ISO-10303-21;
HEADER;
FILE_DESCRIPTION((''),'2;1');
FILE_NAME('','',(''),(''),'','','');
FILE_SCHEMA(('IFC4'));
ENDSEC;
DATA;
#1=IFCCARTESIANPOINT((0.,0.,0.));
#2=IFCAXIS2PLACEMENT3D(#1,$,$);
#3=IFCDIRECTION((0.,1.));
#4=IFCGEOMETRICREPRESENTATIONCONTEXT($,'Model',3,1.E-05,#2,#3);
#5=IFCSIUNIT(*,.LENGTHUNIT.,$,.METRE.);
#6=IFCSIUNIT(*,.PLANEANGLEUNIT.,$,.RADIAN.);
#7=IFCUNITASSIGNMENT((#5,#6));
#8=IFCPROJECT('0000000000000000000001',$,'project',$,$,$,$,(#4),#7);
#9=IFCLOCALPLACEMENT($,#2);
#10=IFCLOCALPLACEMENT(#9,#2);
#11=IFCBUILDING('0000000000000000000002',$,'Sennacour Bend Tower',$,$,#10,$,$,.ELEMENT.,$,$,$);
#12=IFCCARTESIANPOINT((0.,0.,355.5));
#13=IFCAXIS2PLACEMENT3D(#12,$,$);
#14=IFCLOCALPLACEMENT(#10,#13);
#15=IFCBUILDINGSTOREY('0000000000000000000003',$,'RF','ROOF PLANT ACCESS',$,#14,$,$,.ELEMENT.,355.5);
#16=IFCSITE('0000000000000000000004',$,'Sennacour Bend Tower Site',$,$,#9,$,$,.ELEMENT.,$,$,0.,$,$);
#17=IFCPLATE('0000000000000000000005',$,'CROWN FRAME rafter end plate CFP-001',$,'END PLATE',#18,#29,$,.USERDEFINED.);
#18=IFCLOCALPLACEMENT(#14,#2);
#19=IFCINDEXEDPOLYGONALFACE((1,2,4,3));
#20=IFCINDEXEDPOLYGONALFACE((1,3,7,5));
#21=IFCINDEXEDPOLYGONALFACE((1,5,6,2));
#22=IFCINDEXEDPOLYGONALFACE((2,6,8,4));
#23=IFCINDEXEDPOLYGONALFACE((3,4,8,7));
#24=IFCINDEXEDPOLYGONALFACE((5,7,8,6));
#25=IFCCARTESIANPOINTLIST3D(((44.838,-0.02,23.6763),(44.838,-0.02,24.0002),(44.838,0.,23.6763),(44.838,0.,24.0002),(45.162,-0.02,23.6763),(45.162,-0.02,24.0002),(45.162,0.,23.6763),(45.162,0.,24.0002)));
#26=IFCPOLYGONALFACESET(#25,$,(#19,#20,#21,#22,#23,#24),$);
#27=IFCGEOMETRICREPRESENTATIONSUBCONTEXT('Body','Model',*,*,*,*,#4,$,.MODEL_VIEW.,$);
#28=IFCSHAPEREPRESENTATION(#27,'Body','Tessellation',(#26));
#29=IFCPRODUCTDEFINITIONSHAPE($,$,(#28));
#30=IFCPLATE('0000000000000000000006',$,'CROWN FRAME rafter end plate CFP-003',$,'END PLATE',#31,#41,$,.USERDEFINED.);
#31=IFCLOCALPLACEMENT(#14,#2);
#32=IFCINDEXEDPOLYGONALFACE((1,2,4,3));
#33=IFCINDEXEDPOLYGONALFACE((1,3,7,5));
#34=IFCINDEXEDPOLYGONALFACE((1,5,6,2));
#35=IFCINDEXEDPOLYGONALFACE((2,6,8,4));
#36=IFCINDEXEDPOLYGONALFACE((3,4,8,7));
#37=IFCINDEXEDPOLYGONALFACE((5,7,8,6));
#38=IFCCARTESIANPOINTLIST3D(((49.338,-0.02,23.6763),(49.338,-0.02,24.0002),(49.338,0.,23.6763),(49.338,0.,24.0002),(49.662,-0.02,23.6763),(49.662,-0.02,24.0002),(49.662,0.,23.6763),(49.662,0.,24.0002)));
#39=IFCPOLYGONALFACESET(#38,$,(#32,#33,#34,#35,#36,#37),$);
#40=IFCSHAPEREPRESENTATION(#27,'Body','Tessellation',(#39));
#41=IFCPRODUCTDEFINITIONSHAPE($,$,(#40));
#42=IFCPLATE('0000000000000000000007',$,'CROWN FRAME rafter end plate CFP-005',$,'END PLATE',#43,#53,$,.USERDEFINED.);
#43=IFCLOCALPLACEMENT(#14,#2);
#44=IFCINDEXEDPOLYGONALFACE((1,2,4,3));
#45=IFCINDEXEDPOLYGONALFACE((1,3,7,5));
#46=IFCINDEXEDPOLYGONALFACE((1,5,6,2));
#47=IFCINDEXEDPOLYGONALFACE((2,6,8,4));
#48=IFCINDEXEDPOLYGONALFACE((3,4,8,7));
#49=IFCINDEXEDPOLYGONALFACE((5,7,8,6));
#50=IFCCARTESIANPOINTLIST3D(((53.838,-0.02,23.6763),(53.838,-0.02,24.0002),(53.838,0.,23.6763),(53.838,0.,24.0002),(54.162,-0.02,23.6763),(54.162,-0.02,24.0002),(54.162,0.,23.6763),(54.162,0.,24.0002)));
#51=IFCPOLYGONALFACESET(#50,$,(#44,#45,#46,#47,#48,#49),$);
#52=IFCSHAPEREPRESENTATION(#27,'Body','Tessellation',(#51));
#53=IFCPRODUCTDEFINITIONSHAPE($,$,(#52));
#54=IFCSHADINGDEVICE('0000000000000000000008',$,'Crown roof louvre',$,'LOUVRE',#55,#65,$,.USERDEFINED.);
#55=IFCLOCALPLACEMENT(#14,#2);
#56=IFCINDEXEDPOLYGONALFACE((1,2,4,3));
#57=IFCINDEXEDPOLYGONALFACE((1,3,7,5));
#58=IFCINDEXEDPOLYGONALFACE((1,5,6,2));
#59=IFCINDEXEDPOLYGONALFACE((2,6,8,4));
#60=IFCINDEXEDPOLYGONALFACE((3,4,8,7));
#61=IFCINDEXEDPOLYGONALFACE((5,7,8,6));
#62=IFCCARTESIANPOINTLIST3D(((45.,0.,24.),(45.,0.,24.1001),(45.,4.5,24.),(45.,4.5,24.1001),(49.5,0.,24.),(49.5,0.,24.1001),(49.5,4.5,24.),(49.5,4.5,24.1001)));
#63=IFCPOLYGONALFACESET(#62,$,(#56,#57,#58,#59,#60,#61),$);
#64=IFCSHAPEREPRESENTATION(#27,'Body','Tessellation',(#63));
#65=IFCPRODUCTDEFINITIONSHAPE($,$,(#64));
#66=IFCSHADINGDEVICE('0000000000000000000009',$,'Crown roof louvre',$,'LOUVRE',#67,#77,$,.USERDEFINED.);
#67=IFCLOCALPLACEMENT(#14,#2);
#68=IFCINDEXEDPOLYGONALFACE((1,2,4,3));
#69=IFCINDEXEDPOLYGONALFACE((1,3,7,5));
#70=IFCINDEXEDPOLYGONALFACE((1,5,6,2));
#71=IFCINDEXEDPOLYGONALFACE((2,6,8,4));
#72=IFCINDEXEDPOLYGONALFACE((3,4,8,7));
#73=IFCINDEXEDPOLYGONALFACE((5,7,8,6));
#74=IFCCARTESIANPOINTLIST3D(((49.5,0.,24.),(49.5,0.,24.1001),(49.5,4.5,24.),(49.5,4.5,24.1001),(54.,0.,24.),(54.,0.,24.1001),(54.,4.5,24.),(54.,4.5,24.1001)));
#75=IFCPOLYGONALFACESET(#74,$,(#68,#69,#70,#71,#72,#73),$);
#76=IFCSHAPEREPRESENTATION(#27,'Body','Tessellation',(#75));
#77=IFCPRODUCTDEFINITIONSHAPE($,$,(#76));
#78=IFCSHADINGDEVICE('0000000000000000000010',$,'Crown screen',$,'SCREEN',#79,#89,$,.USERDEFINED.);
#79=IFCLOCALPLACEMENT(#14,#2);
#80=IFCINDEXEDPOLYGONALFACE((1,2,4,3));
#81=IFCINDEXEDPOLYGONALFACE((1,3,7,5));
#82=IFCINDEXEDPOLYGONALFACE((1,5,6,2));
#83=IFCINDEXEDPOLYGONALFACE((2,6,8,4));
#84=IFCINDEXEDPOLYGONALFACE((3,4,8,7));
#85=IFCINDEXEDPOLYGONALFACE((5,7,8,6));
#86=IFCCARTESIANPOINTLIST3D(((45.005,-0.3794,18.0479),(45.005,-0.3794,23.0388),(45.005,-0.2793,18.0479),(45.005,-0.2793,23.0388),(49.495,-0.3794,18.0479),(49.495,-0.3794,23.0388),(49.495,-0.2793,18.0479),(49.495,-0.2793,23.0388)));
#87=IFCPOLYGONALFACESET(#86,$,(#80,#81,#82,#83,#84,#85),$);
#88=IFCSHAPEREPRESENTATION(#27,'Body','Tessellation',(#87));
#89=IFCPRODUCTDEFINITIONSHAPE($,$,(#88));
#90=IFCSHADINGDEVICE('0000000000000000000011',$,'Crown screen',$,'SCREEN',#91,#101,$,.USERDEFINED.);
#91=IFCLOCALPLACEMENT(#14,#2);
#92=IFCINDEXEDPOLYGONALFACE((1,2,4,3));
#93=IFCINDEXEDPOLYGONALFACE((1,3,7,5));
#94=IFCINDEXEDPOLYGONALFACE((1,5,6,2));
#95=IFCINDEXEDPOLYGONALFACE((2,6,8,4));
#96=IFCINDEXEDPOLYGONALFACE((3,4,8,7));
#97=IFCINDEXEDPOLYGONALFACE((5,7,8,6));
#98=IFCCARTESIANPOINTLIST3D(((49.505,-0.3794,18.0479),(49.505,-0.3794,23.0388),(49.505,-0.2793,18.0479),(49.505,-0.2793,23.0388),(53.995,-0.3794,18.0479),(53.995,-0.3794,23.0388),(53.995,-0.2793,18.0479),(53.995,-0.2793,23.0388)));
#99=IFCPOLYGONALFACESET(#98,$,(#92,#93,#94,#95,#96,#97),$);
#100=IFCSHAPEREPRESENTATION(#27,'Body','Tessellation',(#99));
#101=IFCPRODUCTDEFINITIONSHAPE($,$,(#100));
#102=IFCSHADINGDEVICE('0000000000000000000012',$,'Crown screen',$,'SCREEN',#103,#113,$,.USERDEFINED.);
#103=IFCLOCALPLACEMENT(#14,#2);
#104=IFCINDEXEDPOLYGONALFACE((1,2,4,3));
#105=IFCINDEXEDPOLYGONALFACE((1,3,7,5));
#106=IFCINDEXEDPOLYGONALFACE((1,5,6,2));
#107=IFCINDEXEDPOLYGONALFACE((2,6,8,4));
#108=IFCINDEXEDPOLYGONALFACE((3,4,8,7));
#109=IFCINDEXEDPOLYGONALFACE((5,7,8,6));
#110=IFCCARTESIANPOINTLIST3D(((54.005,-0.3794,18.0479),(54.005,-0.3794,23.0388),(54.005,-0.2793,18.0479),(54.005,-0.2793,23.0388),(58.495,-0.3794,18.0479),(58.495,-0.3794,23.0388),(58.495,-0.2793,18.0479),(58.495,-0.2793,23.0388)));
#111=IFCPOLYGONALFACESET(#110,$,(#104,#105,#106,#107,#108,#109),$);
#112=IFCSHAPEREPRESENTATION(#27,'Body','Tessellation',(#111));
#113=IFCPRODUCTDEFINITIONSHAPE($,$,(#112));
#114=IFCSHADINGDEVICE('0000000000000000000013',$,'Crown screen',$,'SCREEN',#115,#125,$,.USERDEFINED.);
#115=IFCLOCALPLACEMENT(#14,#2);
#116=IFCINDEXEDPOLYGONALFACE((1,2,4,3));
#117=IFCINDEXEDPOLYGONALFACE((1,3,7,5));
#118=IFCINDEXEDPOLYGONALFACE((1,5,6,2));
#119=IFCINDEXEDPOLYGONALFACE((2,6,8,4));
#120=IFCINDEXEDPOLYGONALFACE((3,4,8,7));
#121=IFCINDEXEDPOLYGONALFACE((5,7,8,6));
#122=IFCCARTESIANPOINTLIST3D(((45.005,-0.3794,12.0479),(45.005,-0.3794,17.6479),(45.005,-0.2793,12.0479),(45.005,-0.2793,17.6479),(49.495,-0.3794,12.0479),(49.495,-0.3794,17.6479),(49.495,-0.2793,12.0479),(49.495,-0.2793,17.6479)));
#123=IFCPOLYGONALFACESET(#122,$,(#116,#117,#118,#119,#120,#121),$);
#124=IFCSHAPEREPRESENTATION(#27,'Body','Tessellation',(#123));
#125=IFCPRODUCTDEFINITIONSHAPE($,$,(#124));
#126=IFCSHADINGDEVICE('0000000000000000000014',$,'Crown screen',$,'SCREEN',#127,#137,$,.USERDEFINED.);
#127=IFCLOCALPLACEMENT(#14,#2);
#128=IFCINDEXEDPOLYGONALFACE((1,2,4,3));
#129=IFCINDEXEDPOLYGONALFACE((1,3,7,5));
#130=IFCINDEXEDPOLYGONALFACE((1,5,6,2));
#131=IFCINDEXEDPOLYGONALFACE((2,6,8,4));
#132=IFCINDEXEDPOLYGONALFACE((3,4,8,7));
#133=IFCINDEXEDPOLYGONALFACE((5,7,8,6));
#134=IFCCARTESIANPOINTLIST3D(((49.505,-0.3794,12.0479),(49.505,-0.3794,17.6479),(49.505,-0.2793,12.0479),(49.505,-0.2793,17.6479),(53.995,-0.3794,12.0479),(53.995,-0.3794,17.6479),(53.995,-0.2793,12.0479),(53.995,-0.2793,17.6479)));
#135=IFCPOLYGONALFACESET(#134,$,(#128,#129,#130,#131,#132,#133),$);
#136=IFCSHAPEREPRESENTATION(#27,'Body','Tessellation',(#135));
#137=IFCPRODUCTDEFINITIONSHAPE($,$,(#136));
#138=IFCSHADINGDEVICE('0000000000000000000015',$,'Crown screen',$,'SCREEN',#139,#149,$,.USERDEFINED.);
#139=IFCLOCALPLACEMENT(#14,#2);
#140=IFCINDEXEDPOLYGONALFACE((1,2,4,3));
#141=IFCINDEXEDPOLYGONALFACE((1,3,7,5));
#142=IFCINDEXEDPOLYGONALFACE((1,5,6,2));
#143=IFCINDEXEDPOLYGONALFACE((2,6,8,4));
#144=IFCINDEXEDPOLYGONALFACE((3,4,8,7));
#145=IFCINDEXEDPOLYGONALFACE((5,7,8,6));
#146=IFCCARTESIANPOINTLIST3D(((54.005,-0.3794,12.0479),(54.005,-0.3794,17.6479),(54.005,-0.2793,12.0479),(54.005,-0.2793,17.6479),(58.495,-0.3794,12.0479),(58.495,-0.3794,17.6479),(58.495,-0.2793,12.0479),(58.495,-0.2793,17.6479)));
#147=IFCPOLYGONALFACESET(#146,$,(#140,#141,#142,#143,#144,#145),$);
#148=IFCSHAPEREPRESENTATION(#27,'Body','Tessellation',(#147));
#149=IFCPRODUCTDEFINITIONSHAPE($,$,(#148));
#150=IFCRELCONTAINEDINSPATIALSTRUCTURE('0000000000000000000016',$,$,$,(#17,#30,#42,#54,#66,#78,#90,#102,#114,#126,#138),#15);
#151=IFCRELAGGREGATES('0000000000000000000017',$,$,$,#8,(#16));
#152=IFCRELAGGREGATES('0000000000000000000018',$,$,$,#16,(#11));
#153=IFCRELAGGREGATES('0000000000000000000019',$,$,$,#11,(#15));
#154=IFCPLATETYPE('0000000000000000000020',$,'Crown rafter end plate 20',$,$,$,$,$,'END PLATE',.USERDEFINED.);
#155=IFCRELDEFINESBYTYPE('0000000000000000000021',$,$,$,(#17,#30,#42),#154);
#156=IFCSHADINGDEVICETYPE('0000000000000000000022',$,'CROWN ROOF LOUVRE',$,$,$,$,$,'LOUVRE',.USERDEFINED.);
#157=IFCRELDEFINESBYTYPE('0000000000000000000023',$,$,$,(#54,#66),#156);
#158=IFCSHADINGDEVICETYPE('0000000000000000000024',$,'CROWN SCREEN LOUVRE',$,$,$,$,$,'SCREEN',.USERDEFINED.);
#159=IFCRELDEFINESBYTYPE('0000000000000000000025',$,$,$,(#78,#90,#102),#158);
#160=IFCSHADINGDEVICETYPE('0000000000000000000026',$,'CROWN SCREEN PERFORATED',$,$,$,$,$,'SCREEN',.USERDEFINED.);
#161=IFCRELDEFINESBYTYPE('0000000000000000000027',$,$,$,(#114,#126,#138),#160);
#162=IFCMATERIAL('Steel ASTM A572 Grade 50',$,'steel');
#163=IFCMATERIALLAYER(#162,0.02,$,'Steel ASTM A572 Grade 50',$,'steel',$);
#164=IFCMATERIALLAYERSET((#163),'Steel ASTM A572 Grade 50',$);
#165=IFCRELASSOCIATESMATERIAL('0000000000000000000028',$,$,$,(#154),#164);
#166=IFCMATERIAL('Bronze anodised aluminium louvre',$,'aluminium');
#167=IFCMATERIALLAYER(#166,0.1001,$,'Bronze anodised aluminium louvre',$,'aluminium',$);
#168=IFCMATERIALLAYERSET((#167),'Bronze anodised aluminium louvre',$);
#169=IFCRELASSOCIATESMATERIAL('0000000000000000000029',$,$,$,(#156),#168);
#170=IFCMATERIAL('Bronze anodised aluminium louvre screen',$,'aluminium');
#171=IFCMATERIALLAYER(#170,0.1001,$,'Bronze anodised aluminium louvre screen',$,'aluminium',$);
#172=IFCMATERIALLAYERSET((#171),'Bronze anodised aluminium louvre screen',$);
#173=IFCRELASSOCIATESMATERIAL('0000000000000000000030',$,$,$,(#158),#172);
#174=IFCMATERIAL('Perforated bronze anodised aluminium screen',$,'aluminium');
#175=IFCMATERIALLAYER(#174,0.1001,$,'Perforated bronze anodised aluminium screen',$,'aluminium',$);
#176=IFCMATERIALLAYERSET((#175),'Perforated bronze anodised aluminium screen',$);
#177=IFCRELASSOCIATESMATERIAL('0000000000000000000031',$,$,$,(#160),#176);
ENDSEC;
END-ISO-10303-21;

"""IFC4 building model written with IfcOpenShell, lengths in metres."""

from ifc_helpers import new_model, si_unit, direction, frame, origin, origin_2d, place, context, subcontext, project, spatial, rectangle, extrude, material, layer, layer_set, type_object, element, save


model = new_model("IFC4")

# Units and contexts
model_context = context("Model", 3, precision=1e-05, world=origin(), true_north=direction((0.0, 1.0)))
body_context = subcontext(model_context, "Body", "Model", "MODEL_VIEW")
ifc_project = project(units=[si_unit("LENGTHUNIT", "METRE"), si_unit("PLANEANGLEUNIT", "RADIAN")], contexts=[model_context])

# Site, building, storey
site_placement = place(None, origin())
site = spatial("IfcSite", under=ifc_project, at=site_placement, Name="Sennacour Bend Tower Site", CompositionType="ELEMENT", RefElevation=0.0)
building_placement = place(site_placement, origin())
building = spatial("IfcBuilding", under=site, at=building_placement, Name="Sennacour Bend Tower", CompositionType="ELEMENT")
storey_placement = place(building_placement, frame((0.0, 0.0, 355.5)))
storey = spatial("IfcBuildingStorey", under=building, at=storey_placement, Name="RF", Description="ROOF PLANT ACCESS", CompositionType="ELEMENT", Elevation=355.5)

# Plates
ifc_material_1 = material(Name="Steel ASTM A572 Grade 50", Category="steel")
ifc_layer_1 = layer(ifc_material_1, 0.02, Name="Steel ASTM A572 Grade 50", Category="steel")
ifc_layer_set_1 = layer_set([ifc_layer_1], Name="Steel ASTM A572 Grade 50")
plate_type = type_object("IfcPlateType", Name="Crown rafter end plate 20", ElementType="END PLATE", PredefinedType="USERDEFINED", material=ifc_layer_set_1)
for number, where, z_axis, x_axis, name in (
    (1, (45.0, -0.01, 23.6763), (0.0, 0.0, 1.0), (1.0, 0.0, 0.0), "CROWN FRAME rafter end plate CFP-001"),
    (2, (49.5, -0.01, 23.6763), (0.0, 0.0, 1.0), (1.0, 0.0, 0.0), "CROWN FRAME rafter end plate CFP-003"),
    (3, (54.0, -0.01, 23.6763), (0.0, 0.0, 1.0), (1.0, 0.0, 0.0), "CROWN FRAME rafter end plate CFP-005"),
):
    element("IfcPlate", number, at=place(storey_placement, frame(where, z_axis=z_axis, x_axis=x_axis)), inside=storey, type_object=plate_type, Name=name, ObjectType="END PLATE", PredefinedType="USERDEFINED", context=body_context, shape_type="SweptSolid", body=[
        extrude(rectangle(XDim=0.324, YDim=0.02, at=origin_2d()), origin(), (0.0, 0.0, 1.0), 0.324),
    ])

# Shading devices
ifc_material_2 = material(Name="Bronze anodised aluminium louvre", Category="aluminium")
ifc_layer_2 = layer(ifc_material_2, 0.1001, Name="Bronze anodised aluminium louvre", Category="aluminium")
ifc_layer_set_2 = layer_set([ifc_layer_2], Name="Bronze anodised aluminium louvre")
shading_device_type_1 = type_object("IfcShadingDeviceType", Name="CROWN ROOF LOUVRE", ElementType="LOUVRE", PredefinedType="USERDEFINED", material=ifc_layer_set_2)
for number, where, z_axis, x_axis, name in (
    (4, (47.25, 2.25, 24.0), (0.0, 0.0, 1.0), (1.0, 0.0, 0.0), "Crown roof louvre"),
    (5, (51.75, 2.25, 24.0), (0.0, 0.0, 1.0), (1.0, 0.0, 0.0), "Crown roof louvre"),
):
    element("IfcShadingDevice", number, at=place(storey_placement, frame(where, z_axis=z_axis, x_axis=x_axis)), inside=storey, type_object=shading_device_type_1, Name=name, ObjectType="LOUVRE", PredefinedType="USERDEFINED", context=body_context, shape_type="SweptSolid", body=[
        extrude(rectangle(XDim=4.5, YDim=4.5, at=origin_2d()), origin(), (0.0, 0.0, 1.0), 0.1001),
    ])
ifc_material_3 = material(Name="Bronze anodised aluminium louvre screen", Category="aluminium")
ifc_layer_3 = layer(ifc_material_3, 0.1001, Name="Bronze anodised aluminium louvre screen", Category="aluminium")
ifc_layer_set_3 = layer_set([ifc_layer_3], Name="Bronze anodised aluminium louvre screen")
shading_device_type_2 = type_object("IfcShadingDeviceType", Name="CROWN SCREEN LOUVRE", ElementType="SCREEN", PredefinedType="USERDEFINED", material=ifc_layer_set_3)
for number, where, z_axis, x_axis, name in (
    (6, (47.25, -0.3293, 18.0479), (0.0, 0.0, 1.0), (1.0, 0.0, 0.0), "Crown screen"),
    (7, (51.75, -0.3293, 18.0479), (0.0, 0.0, 1.0), (1.0, 0.0, 0.0), "Crown screen"),
    (8, (56.25, -0.3293, 18.0479), (0.0, 0.0, 1.0), (1.0, 0.0, 0.0), "Crown screen"),
):
    element("IfcShadingDevice", number, at=place(storey_placement, frame(where, z_axis=z_axis, x_axis=x_axis)), inside=storey, type_object=shading_device_type_2, Name=name, ObjectType="SCREEN", PredefinedType="USERDEFINED", context=body_context, shape_type="SweptSolid", body=[
        extrude(rectangle(XDim=4.49, YDim=0.1001, at=origin_2d()), origin(), (0.0, 0.0, 1.0), 4.991),
    ])
ifc_material_4 = material(Name="Perforated bronze anodised aluminium screen", Category="aluminium")
ifc_layer_4 = layer(ifc_material_4, 0.1001, Name="Perforated bronze anodised aluminium screen", Category="aluminium")
ifc_layer_set_4 = layer_set([ifc_layer_4], Name="Perforated bronze anodised aluminium screen")
shading_device_type_3 = type_object("IfcShadingDeviceType", Name="CROWN SCREEN PERFORATED", ElementType="SCREEN", PredefinedType="USERDEFINED", material=ifc_layer_set_4)
for number, where, z_axis, x_axis, name in (
    (9, (47.25, -0.3293, 12.0479), (0.0, 0.0, 1.0), (1.0, 0.0, 0.0), "Crown screen"),
    (10, (51.75, -0.3293, 12.0479), (0.0, 0.0, 1.0), (1.0, 0.0, 0.0), "Crown screen"),
    (11, (56.25, -0.3293, 12.0479), (0.0, 0.0, 1.0), (1.0, 0.0, 0.0), "Crown screen"),
):
    element("IfcShadingDevice", number, at=place(storey_placement, frame(where, z_axis=z_axis, x_axis=x_axis)), inside=storey, type_object=shading_device_type_3, Name=name, ObjectType="SCREEN", PredefinedType="USERDEFINED", context=body_context, shape_type="SweptSolid", body=[
        extrude(rectangle(XDim=4.49, YDim=0.1001, at=origin_2d()), origin(), (0.0, 0.0, 1.0), 5.6001),
    ])

save(model, "model.ifc")
